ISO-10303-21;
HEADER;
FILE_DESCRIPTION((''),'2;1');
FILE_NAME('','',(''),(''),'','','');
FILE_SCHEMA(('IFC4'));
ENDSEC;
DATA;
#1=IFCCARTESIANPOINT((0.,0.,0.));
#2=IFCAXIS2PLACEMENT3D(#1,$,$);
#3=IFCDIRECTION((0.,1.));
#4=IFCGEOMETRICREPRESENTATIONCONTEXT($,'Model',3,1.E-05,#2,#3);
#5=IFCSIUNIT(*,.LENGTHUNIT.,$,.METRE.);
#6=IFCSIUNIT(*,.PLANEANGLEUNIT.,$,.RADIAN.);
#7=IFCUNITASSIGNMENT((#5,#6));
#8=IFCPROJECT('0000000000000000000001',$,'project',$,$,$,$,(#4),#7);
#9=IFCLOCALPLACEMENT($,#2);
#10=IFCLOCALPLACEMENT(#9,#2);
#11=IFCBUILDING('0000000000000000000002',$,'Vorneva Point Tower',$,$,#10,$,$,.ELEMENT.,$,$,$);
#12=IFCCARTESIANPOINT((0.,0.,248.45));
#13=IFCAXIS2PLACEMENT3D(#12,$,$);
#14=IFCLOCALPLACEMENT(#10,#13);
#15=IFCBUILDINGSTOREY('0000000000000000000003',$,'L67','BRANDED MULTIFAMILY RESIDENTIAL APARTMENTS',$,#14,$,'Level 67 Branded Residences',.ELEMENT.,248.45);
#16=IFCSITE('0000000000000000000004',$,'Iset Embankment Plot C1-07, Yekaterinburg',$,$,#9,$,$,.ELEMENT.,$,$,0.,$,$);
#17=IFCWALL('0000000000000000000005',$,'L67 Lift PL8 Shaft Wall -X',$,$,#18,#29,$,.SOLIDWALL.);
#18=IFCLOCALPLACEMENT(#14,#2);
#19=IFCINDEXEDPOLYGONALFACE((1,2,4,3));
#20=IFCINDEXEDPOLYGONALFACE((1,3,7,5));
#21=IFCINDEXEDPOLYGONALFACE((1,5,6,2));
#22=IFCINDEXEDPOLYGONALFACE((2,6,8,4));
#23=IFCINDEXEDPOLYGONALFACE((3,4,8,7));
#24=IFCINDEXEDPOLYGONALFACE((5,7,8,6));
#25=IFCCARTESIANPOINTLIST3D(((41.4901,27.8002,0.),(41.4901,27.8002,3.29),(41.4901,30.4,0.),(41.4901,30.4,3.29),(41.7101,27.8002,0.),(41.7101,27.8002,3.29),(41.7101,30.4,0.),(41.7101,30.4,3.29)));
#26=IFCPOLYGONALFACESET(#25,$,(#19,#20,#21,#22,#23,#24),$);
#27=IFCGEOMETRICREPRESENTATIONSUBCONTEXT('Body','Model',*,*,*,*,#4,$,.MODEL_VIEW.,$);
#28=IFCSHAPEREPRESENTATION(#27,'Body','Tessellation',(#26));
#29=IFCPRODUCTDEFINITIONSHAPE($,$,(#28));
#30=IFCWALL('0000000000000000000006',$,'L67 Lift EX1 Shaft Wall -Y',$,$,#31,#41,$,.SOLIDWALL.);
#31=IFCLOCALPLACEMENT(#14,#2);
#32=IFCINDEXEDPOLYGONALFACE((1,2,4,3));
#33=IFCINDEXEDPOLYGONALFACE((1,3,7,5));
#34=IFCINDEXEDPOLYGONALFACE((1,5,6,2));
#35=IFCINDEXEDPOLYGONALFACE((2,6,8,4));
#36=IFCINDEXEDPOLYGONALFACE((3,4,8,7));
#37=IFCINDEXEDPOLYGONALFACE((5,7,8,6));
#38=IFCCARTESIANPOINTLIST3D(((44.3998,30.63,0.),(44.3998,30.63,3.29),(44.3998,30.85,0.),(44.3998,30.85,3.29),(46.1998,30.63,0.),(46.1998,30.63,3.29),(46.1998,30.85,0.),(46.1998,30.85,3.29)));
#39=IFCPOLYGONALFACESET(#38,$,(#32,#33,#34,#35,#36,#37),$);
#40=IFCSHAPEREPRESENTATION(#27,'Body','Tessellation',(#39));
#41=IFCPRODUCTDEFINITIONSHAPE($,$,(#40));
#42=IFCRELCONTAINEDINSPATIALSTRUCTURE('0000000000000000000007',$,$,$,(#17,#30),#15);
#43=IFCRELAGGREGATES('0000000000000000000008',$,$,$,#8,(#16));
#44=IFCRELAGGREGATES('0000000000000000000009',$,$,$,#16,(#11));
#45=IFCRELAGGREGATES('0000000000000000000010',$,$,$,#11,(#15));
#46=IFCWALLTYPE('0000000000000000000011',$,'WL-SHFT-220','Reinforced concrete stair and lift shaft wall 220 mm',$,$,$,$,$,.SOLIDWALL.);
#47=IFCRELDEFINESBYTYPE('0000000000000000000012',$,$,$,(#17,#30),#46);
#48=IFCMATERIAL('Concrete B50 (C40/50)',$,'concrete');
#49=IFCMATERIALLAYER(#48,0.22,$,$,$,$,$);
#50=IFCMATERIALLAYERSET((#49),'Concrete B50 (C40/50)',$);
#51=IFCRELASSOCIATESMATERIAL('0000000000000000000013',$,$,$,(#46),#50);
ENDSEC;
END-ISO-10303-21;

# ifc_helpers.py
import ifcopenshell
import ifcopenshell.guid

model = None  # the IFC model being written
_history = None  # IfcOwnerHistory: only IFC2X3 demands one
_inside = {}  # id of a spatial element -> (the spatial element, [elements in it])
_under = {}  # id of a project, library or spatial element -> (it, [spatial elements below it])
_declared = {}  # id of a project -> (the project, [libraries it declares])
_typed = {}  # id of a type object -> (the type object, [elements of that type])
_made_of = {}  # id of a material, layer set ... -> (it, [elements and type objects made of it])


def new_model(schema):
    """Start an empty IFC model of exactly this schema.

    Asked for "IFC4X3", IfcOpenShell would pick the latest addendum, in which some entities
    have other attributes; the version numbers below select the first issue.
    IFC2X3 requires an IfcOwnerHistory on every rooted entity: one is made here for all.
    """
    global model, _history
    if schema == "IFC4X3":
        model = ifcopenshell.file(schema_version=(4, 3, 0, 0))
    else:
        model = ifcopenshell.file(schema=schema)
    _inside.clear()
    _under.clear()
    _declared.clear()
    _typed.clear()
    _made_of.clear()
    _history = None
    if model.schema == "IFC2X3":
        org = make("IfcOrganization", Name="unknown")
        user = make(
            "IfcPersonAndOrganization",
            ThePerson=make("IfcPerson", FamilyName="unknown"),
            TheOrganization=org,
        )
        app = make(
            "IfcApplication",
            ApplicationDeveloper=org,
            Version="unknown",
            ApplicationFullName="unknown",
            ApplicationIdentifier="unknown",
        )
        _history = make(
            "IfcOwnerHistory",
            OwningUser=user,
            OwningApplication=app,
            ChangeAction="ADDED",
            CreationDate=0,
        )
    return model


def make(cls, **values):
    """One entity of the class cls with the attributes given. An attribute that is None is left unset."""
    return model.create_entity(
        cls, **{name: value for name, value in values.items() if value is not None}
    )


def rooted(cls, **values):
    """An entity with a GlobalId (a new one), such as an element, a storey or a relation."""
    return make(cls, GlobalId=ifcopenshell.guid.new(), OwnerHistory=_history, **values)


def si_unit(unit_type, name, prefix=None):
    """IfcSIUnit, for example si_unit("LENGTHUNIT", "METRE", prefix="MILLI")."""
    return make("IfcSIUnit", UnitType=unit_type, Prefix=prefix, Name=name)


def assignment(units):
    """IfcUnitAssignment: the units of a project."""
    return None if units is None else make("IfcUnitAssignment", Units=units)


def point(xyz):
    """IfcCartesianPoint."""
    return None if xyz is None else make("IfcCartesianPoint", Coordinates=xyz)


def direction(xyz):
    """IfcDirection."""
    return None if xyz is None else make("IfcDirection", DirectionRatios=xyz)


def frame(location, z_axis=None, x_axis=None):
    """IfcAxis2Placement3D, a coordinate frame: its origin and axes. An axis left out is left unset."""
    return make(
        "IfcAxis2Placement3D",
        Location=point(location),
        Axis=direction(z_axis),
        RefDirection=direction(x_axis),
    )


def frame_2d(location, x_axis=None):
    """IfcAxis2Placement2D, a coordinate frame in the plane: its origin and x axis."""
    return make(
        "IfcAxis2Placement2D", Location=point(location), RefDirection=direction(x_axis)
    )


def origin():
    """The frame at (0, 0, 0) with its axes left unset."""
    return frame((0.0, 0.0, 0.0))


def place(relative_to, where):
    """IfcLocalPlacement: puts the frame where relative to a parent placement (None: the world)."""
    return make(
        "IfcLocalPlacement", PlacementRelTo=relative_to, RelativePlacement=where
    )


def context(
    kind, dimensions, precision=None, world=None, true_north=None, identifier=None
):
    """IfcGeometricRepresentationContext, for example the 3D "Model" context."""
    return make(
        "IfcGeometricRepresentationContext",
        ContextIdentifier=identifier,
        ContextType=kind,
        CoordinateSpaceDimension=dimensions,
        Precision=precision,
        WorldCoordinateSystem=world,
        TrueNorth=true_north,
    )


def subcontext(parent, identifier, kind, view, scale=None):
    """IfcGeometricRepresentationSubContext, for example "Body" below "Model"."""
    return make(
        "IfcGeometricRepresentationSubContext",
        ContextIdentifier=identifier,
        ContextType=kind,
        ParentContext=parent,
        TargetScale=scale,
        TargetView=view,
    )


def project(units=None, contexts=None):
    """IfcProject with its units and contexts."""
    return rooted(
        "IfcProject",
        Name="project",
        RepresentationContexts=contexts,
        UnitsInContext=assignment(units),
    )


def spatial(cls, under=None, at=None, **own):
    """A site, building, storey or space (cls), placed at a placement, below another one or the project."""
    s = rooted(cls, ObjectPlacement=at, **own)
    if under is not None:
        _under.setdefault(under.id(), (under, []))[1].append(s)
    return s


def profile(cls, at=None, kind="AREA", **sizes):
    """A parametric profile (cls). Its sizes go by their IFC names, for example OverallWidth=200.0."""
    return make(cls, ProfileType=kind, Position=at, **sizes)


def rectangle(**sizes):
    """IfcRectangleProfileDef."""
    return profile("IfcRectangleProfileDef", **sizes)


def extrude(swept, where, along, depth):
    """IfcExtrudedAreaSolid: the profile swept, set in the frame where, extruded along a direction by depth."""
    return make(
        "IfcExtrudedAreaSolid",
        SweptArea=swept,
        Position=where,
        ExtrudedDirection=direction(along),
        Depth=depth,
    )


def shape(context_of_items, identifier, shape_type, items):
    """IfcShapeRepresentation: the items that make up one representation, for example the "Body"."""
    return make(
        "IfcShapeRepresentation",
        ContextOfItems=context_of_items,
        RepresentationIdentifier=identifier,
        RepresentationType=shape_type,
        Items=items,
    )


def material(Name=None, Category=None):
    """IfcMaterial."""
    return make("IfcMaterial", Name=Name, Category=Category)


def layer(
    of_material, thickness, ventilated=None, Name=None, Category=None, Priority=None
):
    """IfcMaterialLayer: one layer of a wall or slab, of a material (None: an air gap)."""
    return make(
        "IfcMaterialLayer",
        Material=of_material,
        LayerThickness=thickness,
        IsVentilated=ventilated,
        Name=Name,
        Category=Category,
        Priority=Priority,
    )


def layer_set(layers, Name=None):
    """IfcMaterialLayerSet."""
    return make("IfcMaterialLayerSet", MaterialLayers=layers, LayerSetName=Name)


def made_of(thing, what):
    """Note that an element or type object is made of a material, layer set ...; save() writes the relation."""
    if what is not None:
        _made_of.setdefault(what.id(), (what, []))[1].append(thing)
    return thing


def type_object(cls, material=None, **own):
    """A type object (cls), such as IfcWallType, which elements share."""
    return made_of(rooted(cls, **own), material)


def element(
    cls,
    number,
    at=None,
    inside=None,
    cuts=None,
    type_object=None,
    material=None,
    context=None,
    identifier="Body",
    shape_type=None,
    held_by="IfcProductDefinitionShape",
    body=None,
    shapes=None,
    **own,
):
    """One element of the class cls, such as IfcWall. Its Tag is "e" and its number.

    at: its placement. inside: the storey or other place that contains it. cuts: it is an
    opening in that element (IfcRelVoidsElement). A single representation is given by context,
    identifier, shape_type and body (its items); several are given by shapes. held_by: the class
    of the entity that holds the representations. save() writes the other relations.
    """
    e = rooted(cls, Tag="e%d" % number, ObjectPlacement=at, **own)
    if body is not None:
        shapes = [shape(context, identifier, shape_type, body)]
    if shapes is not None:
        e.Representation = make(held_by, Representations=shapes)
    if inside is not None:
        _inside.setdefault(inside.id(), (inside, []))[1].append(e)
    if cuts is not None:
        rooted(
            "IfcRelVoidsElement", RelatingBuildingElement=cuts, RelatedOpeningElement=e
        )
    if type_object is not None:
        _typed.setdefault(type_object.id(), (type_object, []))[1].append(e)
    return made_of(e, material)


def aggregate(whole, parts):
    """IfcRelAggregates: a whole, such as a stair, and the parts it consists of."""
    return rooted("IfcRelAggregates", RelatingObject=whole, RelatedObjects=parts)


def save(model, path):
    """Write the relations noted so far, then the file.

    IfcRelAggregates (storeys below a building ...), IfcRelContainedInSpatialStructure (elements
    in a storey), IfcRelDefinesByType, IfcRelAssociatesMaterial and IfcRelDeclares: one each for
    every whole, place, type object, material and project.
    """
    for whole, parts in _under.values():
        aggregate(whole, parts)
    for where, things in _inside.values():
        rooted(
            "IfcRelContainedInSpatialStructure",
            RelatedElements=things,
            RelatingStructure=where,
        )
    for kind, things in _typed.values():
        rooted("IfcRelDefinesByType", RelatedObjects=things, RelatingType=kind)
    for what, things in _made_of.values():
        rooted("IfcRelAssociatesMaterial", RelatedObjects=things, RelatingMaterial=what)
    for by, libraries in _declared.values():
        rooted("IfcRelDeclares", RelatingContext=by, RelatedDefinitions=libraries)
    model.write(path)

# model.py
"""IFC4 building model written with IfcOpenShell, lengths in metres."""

from ifc_helpers import new_model, si_unit, direction, frame, frame_2d, origin, place, context, subcontext, project, spatial, rectangle, extrude, material, layer, layer_set, type_object, element, save


model = new_model("IFC4")

# Units and contexts
model_context = context("Model", 3, precision=1e-05, world=origin(), true_north=direction((0.0, 1.0)))
body_context = subcontext(model_context, "Body", "Model", "MODEL_VIEW")
ifc_project = project(units=[si_unit("LENGTHUNIT", "METRE"), si_unit("PLANEANGLEUNIT", "RADIAN")], contexts=[model_context])

# Site, building, storey
site_placement = place(None, origin())
site = spatial("IfcSite", under=ifc_project, at=site_placement, Name="Iset Embankment Plot C1-07, Yekaterinburg", CompositionType="ELEMENT", RefElevation=0.0)
building_placement = place(site_placement, origin())
building = spatial("IfcBuilding", under=site, at=building_placement, Name="Vorneva Point Tower", CompositionType="ELEMENT")
storey_placement = place(building_placement, frame((0.0, 0.0, 248.45)))
storey = spatial("IfcBuildingStorey", under=building, at=storey_placement, Name="L67", Description="BRANDED MULTIFAMILY RESIDENTIAL APARTMENTS", LongName="Level 67 Branded Residences", CompositionType="ELEMENT", Elevation=248.45)

# Shared definitions
ifc_material_1 = material(Name="Concrete B50 (C40/50)", Category="concrete")

# Shared definitions
ifc_layer_1 = layer(ifc_material_1, 0.22)
ifc_layer_set_1 = layer_set([ifc_layer_1], Name="Concrete B50 (C40/50)")
wall_type_1 = type_object("IfcWallType", Name="WL-SHFT-220", Description="Reinforced concrete stair and lift shaft wall 220 mm", PredefinedType="SOLIDWALL", material=ifc_layer_set_1)

# Walls
wall_1_placement = place(storey_placement, frame((41.6001, 30.3999, 0.0), z_axis=(0.0, 0.0, 1.0), x_axis=(0.0, -1.0, 0.0)))
element("IfcWall", 1, at=wall_1_placement, inside=storey, type_object=wall_type_1, Name="L67 Lift PL8 Shaft Wall -X", PredefinedType="SOLIDWALL", context=body_context, shape_type="SweptSolid", body=[
    extrude(rectangle(XDim=2.5999, YDim=0.22, at=frame_2d((1.2998, 0.0))), origin(), (0.0, 0.0, 1.0), 3.29),
])
wall_2_placement = place(storey_placement, frame((44.3999, 30.74, 0.0), z_axis=(0.0, 0.0, 1.0), x_axis=(1.0, 0.0, 0.0)))
element("IfcWall", 2, at=wall_2_placement, inside=storey, type_object=wall_type_1, Name="L67 Lift EX1 Shaft Wall -Y", PredefinedType="SOLIDWALL", context=body_context, shape_type="SweptSolid", body=[
    extrude(rectangle(XDim=1.8, YDim=0.22, at=frame_2d((0.8999, 0.0))), origin(), (0.0, 0.0, 1.0), 3.29),
])

save(model, "model.ifc")
